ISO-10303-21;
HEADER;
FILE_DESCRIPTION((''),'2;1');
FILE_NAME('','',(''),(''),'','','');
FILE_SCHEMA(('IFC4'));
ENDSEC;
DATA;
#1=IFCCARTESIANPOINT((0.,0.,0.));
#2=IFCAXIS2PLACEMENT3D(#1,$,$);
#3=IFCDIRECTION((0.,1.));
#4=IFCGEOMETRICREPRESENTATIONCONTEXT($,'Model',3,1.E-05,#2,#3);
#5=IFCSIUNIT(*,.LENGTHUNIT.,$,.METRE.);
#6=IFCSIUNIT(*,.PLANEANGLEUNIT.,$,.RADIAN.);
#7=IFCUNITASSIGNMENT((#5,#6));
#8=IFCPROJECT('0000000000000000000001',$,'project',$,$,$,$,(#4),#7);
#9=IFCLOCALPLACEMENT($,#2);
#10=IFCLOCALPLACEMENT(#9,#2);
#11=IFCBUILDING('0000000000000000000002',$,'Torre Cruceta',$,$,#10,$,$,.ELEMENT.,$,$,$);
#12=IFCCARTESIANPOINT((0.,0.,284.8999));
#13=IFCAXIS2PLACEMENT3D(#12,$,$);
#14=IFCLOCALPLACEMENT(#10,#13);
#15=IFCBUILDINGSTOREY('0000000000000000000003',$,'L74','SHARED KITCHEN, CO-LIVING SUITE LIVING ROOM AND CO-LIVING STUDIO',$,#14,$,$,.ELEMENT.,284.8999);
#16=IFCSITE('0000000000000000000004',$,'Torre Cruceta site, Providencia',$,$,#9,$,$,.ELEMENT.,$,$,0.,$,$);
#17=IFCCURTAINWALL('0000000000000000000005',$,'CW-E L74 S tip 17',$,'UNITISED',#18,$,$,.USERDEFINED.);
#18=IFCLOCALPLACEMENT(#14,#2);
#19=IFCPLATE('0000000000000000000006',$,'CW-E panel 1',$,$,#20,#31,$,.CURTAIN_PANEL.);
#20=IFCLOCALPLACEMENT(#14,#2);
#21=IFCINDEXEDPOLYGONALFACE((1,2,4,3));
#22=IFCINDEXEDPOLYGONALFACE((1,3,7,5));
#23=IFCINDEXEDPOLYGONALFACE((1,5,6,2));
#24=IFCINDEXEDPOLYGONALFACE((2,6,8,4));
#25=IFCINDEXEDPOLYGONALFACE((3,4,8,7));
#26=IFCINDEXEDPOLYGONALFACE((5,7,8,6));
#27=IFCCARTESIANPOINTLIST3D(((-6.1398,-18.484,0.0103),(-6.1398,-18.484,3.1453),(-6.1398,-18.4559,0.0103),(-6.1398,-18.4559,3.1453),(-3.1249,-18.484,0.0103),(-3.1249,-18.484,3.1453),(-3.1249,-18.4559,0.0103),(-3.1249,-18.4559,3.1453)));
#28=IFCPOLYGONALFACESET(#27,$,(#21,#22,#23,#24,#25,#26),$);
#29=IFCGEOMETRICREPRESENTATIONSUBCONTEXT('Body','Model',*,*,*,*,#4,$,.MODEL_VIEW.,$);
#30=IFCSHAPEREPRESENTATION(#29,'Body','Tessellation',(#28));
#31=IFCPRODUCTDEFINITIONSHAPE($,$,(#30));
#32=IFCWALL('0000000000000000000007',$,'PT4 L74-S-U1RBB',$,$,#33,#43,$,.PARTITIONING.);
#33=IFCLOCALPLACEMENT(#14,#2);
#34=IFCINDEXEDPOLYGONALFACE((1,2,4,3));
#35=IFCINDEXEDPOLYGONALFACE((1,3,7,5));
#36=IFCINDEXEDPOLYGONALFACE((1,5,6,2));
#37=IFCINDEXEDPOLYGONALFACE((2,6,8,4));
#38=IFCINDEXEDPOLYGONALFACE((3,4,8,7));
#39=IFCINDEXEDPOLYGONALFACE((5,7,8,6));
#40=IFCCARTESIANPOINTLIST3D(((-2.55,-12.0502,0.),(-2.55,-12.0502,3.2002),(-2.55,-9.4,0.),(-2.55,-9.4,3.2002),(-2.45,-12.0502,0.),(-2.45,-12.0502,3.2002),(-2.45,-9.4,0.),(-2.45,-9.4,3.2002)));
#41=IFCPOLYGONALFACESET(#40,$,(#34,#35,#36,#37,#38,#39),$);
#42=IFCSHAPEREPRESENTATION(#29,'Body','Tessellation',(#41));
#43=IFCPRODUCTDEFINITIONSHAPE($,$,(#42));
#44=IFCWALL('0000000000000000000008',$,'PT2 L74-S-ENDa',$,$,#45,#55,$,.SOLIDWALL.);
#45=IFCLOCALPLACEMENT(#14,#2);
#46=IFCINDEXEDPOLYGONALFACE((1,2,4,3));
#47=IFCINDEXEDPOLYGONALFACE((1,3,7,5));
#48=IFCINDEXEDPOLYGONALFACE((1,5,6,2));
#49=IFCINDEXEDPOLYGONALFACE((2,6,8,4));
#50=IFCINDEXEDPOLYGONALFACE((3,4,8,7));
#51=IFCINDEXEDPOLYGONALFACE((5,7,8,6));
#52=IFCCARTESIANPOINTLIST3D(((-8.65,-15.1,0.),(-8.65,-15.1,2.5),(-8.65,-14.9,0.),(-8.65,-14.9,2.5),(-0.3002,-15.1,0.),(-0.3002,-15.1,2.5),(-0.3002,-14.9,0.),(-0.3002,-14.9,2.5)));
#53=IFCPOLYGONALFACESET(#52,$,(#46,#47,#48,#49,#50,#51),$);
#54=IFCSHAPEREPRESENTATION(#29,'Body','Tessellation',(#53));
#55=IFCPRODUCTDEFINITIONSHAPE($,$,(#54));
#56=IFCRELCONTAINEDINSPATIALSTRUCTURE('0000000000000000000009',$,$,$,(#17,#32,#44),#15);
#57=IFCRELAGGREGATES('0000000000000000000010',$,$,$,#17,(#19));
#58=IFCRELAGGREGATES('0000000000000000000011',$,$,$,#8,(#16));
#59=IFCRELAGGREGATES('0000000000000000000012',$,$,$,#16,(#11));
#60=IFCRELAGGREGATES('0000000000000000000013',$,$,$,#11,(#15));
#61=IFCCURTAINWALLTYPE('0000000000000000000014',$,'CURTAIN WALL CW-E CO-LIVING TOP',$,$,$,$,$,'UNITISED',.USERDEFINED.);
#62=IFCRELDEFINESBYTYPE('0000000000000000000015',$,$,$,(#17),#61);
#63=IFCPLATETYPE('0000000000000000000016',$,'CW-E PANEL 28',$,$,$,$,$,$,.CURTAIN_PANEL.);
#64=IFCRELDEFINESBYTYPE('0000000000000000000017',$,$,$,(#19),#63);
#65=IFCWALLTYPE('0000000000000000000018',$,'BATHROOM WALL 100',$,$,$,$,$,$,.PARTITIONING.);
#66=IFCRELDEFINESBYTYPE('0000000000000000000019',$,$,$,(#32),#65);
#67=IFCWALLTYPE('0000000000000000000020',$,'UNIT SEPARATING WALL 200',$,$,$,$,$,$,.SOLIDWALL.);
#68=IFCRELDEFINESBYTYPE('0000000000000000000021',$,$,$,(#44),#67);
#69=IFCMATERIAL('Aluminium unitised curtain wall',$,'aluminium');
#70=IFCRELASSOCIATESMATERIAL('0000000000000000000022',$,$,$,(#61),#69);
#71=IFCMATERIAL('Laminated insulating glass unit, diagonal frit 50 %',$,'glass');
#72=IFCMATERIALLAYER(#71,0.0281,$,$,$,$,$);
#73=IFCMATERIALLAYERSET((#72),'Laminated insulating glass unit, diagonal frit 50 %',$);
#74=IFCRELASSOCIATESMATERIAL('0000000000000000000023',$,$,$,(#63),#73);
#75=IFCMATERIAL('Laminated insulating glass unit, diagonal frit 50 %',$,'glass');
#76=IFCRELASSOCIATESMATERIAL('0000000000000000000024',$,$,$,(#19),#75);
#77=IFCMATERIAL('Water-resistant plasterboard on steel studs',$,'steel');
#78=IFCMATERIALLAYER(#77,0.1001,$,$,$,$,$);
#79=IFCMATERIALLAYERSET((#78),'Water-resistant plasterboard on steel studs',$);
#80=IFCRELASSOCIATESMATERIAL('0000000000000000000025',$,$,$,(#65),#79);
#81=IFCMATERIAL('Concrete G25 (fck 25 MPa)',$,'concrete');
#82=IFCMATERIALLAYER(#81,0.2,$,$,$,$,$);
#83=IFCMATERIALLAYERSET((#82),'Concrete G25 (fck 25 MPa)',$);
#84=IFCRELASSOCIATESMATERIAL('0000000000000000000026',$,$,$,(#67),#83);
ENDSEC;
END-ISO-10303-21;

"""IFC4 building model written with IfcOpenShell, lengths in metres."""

from ifc_helpers import new_model, si_unit, direction, frame, frame_2d, origin, origin_2d, place, context, subcontext, project, spatial, rectangle, extrude, material, layer, layer_set, type_object, element, aggregate, save


model = new_model("IFC4")

# Units and contexts
model_context = context("Model", 3, precision=1e-05, world=origin(), true_north=direction((0.0, 1.0)))
body_context = subcontext(model_context, "Body", "Model", "MODEL_VIEW")
ifc_project = project(units=[si_unit("LENGTHUNIT", "METRE"), si_unit("PLANEANGLEUNIT", "RADIAN")], contexts=[model_context])

# Site, building, storey
site_placement = place(None, origin())
site = spatial("IfcSite", under=ifc_project, at=site_placement, Name="Torre Cruceta site, Providencia", CompositionType="ELEMENT", RefElevation=0.0)
building_placement = place(site_placement, origin())
building = spatial("IfcBuilding", under=site, at=building_placement, Name="Torre Cruceta", CompositionType="ELEMENT")
storey_placement = place(building_placement, frame((0.0, 0.0, 284.8999)))
storey = spatial("IfcBuildingStorey", under=building, at=storey_placement, Name="L74", Description="SHARED KITCHEN, CO-LIVING SUITE LIVING ROOM AND CO-LIVING STUDIO", CompositionType="ELEMENT", Elevation=284.8999)

# Curtain wall
ifc_material_1 = material(Name="Aluminium unitised curtain wall", Category="aluminium")
curtain_wall_type = type_object("IfcCurtainWallType", Name="CURTAIN WALL CW-E CO-LIVING TOP", ElementType="UNITISED", PredefinedType="USERDEFINED", material=ifc_material_1)
curtain_wall_placement = place(storey_placement, origin())
curtain_wall = element("IfcCurtainWall", 1, at=curtain_wall_placement, inside=storey, type_object=curtain_wall_type, Name="CW-E L74 S tip 17", ObjectType="UNITISED", PredefinedType="USERDEFINED")

# Plate
ifc_material_2 = material(Name="Laminated insulating glass unit, diagonal frit 50 %", Category="glass")
ifc_material_3 = material(Name="Laminated insulating glass unit, diagonal frit 50 %", Category="glass")
ifc_layer_1 = layer(ifc_material_3, 0.0281)
ifc_layer_set_1 = layer_set([ifc_layer_1], Name="Laminated insulating glass unit, diagonal frit 50 %")
plate_type_1 = type_object("IfcPlateType", Name="CW-E PANEL 28", PredefinedType="CURTAIN_PANEL", material=ifc_layer_set_1)
plate_1_placement = place(storey_placement, frame((-4.6323, -18.47, 0.0103), z_axis=(0.0, 0.0, 1.0), x_axis=(1.0, 0.0, 0.0)))
plate_1 = element("IfcPlate", 2, at=plate_1_placement, type_object=plate_type_1, material=ifc_material_2, Name="CW-E panel 1", PredefinedType="CURTAIN_PANEL", context=body_context, shape_type="SweptSolid", body=[
    extrude(rectangle(XDim=3.0149, YDim=0.0281, at=origin_2d()), origin(), (0.0, 0.0, 1.0), 3.135),
])
aggregate(curtain_wall, [plate_1])

# Walls
ifc_material_4 = material(Name="Water-resistant plasterboard on steel studs", Category="steel")
ifc_layer_2 = layer(ifc_material_4, 0.1001)
ifc_layer_set_2 = layer_set([ifc_layer_2], Name="Water-resistant plasterboard on steel studs")
wall_type_1 = type_object("IfcWallType", Name="BATHROOM WALL 100", PredefinedType="PARTITIONING", material=ifc_layer_set_2)
wall_1_placement = place(storey_placement, frame((-2.5, -9.3999, 0.0), z_axis=(0.0, 0.0, 1.0), x_axis=(0.0, -1.0, 0.0)))
element("IfcWall", 3, at=wall_1_placement, inside=storey, type_object=wall_type_1, Name="PT4 L74-S-U1RBB", PredefinedType="PARTITIONING", context=body_context, shape_type="SweptSolid", body=[
    extrude(rectangle(XDim=2.6501, YDim=0.1001, at=frame_2d((1.3252, 0.0))), origin(), (0.0, 0.0, 1.0), 3.2002),
])
ifc_material_5 = material(Name="Concrete G25 (fck 25 MPa)", Category="concrete")
ifc_layer_3 = layer(ifc_material_5, 0.2)
ifc_layer_set_3 = layer_set([ifc_layer_3], Name="Concrete G25 (fck 25 MPa)")
wall_type_2 = type_object("IfcWallType", Name="UNIT SEPARATING WALL 200", PredefinedType="SOLIDWALL", material=ifc_layer_set_3)
wall_2_placement = place(storey_placement, frame((-8.6499, -15.0, 0.0), z_axis=(0.0, 0.0, 1.0), x_axis=(1.0, 0.0, 0.0)))
element("IfcWall", 4, at=wall_2_placement, inside=storey, type_object=wall_type_2, Name="PT2 L74-S-ENDa", PredefinedType="SOLIDWALL", context=body_context, shape_type="SweptSolid", body=[
    extrude(rectangle(XDim=8.3499, YDim=0.2, at=frame_2d((4.1748, 0.0))), origin(), (0.0, 0.0, 1.0), 2.5),
])

save(model, "model.ifc")
